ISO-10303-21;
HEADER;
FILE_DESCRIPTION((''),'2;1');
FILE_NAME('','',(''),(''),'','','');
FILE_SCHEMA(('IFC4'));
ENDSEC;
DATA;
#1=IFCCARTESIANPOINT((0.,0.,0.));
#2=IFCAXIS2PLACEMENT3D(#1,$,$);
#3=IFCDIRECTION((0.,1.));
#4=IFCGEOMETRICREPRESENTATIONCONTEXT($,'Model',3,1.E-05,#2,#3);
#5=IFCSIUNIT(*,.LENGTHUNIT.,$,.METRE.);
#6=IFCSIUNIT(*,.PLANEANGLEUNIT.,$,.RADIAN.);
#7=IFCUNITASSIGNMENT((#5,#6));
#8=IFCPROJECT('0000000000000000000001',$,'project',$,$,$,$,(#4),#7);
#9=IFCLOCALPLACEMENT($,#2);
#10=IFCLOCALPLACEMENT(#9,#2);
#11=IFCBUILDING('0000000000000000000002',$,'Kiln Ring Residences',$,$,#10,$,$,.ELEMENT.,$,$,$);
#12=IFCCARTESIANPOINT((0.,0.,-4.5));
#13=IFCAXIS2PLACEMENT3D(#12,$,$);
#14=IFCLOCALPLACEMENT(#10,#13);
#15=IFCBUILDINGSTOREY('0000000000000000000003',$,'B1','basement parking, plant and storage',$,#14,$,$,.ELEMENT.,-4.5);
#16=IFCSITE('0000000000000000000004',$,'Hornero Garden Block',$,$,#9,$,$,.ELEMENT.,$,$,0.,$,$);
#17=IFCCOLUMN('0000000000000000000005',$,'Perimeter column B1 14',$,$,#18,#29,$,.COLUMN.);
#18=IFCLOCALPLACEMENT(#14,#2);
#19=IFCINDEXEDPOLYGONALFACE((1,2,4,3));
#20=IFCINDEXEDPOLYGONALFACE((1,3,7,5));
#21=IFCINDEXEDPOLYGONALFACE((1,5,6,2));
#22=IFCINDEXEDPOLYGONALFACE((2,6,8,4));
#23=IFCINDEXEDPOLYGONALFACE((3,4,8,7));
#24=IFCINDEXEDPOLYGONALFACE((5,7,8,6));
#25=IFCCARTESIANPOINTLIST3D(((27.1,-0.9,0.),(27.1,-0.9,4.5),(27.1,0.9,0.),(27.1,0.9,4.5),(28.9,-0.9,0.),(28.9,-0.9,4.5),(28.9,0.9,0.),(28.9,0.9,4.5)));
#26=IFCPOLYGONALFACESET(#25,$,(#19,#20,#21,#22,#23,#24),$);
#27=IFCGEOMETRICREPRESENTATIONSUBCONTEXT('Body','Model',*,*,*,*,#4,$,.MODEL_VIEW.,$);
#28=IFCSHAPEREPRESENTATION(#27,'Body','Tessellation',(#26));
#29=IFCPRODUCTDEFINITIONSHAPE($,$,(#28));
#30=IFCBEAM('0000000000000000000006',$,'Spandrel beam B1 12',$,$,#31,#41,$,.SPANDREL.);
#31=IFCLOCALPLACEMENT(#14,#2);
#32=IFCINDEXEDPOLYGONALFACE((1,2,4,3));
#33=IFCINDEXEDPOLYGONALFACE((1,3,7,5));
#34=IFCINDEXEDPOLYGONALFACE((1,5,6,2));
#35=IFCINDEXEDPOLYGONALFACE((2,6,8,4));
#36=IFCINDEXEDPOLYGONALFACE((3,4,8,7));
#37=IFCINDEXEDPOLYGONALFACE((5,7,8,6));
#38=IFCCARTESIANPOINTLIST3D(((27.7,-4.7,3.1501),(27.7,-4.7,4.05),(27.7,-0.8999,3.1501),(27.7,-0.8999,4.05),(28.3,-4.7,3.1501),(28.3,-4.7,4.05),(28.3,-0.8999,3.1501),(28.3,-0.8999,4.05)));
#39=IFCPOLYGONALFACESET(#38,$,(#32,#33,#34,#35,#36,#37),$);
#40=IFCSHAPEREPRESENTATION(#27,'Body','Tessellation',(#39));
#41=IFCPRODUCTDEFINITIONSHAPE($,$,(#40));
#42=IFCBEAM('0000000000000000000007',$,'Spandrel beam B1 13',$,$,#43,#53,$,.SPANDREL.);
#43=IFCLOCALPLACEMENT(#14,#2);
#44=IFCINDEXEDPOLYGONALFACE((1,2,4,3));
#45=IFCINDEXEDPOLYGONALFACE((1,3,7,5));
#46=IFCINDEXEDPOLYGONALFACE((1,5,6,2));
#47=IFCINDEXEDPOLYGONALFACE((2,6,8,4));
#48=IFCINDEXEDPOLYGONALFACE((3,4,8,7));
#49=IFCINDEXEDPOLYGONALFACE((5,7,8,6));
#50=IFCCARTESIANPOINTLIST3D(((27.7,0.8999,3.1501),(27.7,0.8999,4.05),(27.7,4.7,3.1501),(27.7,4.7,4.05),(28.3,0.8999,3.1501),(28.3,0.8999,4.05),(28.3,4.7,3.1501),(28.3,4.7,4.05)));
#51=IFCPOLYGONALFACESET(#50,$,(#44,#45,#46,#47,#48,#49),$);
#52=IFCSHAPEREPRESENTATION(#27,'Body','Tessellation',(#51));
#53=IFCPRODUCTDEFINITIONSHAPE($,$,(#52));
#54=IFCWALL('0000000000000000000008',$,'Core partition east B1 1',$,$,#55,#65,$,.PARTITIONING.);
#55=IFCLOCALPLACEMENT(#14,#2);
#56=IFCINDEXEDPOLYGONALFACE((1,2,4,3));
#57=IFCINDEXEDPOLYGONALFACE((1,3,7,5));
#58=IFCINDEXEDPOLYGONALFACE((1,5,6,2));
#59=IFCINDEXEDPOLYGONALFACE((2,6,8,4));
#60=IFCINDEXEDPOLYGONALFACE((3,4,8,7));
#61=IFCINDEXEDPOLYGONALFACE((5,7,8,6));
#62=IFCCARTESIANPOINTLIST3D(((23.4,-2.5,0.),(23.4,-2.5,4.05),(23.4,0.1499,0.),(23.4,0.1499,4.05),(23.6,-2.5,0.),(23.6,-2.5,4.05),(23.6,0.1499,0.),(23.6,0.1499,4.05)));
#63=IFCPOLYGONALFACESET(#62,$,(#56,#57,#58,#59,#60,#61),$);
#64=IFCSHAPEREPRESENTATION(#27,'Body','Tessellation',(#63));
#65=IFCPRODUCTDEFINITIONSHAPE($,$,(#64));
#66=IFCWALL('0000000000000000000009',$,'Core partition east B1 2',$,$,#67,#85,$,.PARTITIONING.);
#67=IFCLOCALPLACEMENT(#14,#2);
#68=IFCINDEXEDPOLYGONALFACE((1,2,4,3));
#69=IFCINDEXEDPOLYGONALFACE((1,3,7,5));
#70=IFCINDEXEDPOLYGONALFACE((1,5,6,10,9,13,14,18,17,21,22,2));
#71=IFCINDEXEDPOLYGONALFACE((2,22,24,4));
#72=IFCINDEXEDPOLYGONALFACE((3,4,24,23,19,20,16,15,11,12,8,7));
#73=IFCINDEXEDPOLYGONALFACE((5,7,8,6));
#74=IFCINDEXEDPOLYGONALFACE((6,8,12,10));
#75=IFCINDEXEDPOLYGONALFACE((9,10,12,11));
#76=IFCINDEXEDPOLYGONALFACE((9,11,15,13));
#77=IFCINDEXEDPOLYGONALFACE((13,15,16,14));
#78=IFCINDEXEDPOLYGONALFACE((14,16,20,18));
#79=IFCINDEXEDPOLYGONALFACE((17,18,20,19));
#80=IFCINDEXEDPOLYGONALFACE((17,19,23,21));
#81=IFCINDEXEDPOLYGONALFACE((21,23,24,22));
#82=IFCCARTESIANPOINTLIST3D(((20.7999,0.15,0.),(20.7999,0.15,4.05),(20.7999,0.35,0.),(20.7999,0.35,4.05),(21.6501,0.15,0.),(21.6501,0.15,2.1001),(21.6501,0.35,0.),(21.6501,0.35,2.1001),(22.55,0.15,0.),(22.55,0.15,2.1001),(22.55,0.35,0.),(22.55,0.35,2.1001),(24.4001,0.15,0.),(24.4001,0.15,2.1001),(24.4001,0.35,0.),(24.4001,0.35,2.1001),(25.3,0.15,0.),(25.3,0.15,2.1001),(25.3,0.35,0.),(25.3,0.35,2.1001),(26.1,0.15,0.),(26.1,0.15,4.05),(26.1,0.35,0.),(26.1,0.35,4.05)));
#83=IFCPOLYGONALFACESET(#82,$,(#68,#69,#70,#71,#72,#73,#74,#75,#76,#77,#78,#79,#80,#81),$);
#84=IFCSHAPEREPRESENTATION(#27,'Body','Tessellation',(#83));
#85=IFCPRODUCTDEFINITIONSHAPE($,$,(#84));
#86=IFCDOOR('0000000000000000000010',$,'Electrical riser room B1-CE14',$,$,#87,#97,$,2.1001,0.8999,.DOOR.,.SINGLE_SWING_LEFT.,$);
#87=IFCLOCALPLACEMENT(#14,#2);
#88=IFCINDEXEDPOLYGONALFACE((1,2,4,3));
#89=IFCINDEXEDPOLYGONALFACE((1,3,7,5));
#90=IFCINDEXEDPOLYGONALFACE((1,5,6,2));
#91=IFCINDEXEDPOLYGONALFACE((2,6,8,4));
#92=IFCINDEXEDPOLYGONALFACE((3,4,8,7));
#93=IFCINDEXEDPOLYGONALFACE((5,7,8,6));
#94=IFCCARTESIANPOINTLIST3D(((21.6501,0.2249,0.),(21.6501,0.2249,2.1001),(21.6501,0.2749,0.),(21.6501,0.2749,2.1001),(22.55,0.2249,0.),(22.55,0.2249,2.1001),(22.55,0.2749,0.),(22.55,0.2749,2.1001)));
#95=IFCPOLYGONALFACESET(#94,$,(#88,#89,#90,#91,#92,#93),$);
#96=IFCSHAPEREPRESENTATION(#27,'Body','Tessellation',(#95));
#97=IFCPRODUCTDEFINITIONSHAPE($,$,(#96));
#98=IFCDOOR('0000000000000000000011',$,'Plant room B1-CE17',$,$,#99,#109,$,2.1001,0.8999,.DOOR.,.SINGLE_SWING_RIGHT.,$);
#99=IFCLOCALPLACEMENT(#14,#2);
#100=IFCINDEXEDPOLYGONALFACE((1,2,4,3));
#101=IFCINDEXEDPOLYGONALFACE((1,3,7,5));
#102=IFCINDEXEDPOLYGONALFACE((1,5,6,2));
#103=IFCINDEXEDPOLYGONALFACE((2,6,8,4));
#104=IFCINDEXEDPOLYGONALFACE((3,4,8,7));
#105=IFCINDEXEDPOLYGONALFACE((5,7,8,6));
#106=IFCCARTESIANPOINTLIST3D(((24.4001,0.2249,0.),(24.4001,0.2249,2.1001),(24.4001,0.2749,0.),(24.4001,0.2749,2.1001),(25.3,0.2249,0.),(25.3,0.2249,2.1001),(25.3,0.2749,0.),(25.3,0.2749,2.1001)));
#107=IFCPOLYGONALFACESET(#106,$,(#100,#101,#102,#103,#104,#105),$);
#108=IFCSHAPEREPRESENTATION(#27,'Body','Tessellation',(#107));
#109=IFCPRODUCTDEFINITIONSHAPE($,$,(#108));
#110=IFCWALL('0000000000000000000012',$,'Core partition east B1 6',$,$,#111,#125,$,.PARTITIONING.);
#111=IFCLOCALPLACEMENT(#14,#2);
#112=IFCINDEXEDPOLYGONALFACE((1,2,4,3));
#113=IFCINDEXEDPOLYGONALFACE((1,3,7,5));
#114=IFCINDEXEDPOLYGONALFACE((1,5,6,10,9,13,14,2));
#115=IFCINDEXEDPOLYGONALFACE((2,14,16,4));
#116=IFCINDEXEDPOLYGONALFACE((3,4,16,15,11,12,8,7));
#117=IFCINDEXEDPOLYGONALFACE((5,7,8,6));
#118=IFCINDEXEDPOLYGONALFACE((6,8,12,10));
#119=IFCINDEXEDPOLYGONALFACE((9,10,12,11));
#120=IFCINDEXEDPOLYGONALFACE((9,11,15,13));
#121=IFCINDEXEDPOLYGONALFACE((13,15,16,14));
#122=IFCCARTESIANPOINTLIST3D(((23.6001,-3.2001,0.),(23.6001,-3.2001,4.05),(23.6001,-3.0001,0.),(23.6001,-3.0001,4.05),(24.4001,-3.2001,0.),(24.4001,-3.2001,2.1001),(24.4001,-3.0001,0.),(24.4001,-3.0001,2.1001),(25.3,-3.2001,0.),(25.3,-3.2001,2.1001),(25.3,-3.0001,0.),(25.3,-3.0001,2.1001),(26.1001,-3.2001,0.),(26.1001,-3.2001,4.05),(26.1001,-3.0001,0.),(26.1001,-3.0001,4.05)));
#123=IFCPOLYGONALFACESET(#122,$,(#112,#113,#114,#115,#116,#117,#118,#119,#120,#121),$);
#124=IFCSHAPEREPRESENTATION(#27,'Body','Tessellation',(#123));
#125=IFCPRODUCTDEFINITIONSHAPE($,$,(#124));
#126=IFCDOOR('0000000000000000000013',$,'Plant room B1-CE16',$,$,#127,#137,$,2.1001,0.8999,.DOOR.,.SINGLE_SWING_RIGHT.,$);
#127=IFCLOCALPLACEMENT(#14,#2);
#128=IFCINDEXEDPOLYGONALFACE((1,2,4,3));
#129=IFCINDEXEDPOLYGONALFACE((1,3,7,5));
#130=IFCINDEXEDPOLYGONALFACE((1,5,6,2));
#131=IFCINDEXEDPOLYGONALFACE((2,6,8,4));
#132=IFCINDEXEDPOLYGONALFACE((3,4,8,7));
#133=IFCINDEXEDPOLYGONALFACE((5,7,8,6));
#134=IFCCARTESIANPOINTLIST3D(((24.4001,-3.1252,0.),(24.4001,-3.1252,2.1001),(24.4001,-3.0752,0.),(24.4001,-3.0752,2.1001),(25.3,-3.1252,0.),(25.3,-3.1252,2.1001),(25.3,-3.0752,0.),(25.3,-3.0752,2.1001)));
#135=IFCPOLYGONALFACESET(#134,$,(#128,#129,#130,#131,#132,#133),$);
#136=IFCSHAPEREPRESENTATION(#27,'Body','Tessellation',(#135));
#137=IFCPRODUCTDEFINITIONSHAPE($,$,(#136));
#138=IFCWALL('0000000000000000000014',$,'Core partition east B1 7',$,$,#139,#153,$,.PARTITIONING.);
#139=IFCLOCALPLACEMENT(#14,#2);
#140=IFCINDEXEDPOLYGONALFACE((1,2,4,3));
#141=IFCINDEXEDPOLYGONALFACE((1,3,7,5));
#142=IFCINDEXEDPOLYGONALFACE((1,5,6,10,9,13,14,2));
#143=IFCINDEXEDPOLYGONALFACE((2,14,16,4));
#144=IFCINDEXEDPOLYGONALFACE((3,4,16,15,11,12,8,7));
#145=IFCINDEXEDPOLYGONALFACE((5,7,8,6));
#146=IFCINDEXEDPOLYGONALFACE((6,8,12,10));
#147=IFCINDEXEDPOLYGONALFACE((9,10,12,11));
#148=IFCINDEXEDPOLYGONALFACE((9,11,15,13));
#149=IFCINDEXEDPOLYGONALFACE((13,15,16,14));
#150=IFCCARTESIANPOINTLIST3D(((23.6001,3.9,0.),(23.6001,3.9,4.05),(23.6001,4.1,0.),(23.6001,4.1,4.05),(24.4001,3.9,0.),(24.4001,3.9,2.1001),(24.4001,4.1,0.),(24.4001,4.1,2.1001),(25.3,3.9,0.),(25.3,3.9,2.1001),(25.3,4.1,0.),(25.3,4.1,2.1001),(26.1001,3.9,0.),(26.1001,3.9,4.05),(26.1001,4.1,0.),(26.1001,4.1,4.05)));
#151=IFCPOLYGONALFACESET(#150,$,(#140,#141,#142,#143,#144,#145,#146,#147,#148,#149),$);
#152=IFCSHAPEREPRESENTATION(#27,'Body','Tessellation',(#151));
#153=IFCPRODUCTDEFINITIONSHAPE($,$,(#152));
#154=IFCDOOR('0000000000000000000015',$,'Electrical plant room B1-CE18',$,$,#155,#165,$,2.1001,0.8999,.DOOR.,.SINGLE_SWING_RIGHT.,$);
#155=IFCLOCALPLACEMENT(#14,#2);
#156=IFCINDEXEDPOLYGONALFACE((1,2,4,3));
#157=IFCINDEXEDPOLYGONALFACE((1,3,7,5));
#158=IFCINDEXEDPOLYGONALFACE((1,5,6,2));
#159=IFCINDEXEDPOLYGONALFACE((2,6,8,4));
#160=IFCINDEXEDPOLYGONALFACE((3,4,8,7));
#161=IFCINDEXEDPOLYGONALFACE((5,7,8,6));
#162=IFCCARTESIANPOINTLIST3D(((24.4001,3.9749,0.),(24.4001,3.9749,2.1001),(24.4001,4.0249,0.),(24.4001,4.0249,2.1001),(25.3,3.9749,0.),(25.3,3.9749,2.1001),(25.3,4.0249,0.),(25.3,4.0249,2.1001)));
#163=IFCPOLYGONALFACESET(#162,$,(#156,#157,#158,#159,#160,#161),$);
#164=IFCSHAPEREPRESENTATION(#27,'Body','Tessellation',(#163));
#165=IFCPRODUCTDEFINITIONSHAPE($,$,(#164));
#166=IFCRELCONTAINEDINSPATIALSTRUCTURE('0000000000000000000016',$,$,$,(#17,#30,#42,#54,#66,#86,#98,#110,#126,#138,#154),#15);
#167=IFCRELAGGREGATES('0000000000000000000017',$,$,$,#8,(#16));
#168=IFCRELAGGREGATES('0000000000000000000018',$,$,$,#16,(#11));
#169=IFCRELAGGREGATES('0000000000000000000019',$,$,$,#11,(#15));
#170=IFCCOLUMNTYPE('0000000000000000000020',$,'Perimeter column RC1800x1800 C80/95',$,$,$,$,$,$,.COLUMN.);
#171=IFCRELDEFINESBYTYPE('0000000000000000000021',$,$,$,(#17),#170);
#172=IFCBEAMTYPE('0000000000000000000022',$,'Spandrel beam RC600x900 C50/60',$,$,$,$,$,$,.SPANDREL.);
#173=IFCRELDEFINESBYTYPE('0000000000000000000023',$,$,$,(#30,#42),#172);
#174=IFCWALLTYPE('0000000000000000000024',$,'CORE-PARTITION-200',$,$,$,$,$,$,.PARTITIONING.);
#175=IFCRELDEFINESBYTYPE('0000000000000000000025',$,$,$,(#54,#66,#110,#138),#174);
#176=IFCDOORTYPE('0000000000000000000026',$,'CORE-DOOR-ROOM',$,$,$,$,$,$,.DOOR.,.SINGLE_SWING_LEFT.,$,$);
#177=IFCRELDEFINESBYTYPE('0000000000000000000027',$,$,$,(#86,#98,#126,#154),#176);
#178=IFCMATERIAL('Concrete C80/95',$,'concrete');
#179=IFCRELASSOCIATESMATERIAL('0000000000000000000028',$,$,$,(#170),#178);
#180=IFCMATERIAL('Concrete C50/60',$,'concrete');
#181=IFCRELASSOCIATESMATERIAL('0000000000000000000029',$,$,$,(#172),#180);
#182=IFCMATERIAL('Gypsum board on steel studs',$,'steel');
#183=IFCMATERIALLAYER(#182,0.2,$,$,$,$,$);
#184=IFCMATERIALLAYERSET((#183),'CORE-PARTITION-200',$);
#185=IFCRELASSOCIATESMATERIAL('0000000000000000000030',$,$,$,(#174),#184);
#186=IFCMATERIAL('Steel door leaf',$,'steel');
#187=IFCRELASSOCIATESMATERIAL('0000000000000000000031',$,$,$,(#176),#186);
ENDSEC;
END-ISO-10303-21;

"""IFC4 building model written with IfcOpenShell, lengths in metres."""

from ifc_helpers import new_model, si_unit, direction, frame, frame_2d, origin, origin_2d, place, context, subcontext, project, spatial, rectangle, extrude, material, layer, layer_set, material_profile, profile_set, type_object, element, fill, save


model = new_model("IFC4")

# Units and contexts
model_context = context("Model", 3, precision=1e-05, world=origin(), true_north=direction((0.0, 1.0)))
body_context = subcontext(model_context, "Body", "Model", "MODEL_VIEW")
ifc_project = project(units=[si_unit("LENGTHUNIT", "METRE"), si_unit("PLANEANGLEUNIT", "RADIAN")], contexts=[model_context])

# Site, building, storey
site_placement = place(None, origin())
site = spatial("IfcSite", under=ifc_project, at=site_placement, Name="Hornero Garden Block", CompositionType="ELEMENT", RefElevation=0.0)
building_placement = place(site_placement, origin())
building = spatial("IfcBuilding", under=site, at=building_placement, Name="Kiln Ring Residences", CompositionType="ELEMENT")
storey_placement = place(building_placement, frame((0.0, 0.0, -4.5)))
storey = spatial("IfcBuildingStorey", under=building, at=storey_placement, Name="B1", Description="basement parking, plant and storage", CompositionType="ELEMENT", Elevation=-4.5)

# Column
ifc_material_1 = material(Name="Concrete C80/95", Category="concrete")
ifc_material_profile_1 = material_profile(ifc_material_1, rectangle(XDim=1.8, YDim=1.8, at=origin_2d()), Name="RC1800x1800")
ifc_profile_set_1 = profile_set([ifc_material_profile_1], Name="Concrete C80/95")
column_type = type_object("IfcColumnType", Name="Perimeter column RC1800x1800 C80/95", PredefinedType="COLUMN", material=ifc_profile_set_1)
column_placement = place(storey_placement, frame((28.0, 0.0, 0.0), z_axis=(0.0, 0.0, 1.0), x_axis=(1.0, 0.0, 0.0)))
element("IfcColumn", 1, at=column_placement, inside=storey, type_object=column_type, Name="Perimeter column B1 14", PredefinedType="COLUMN", context=body_context, shape_type="SweptSolid", body=[
    extrude(rectangle(XDim=1.8, YDim=1.8, at=origin_2d()), origin(), (0.0, 0.0, 1.0), 4.5),
])

# Beams
ifc_material_2 = material(Name="Concrete C50/60", Category="concrete")
ifc_material_profile_2 = material_profile(ifc_material_2, rectangle(XDim=0.6001, YDim=0.8999, at=origin_2d()), Name="RC600x900")
ifc_profile_set_2 = profile_set([ifc_material_profile_2], Name="Concrete C50/60")
beam_type = type_object("IfcBeamType", Name="Spandrel beam RC600x900 C50/60", PredefinedType="SPANDREL", material=ifc_profile_set_2)
for number, where, z_axis, x_axis, name in (
    (2, (28.0, -4.7, 3.6001), (0.0, 1.0, 0.0), (-1.0, 0.0, 0.0), "Spandrel beam B1 12"),
    (3, (28.0, 0.8999, 3.6001), (0.0, 1.0, 0.0), (-1.0, 0.0, 0.0), "Spandrel beam B1 13"),
):
    element("IfcBeam", number, at=place(storey_placement, frame(where, z_axis=z_axis, x_axis=x_axis)), inside=storey, type_object=beam_type, Name=name, PredefinedType="SPANDREL", context=body_context, shape_type="SweptSolid", body=[
        extrude(rectangle(XDim=0.6001, YDim=0.8999, at=origin_2d()), origin(), (0.0, 0.0, 1.0), 3.8),
    ])

# Wall
ifc_material_3 = material(Name="Gypsum board on steel studs", Category="steel")
ifc_layer_1 = layer(ifc_material_3, 0.2)
ifc_layer_set_1 = layer_set([ifc_layer_1], Name="CORE-PARTITION-200")
wall_type_1 = type_object("IfcWallType", Name="CORE-PARTITION-200", PredefinedType="PARTITIONING", material=ifc_layer_set_1)
wall_1_placement = place(storey_placement, frame((23.5, -2.5, 0.0), z_axis=(0.0, 0.0, 1.0), x_axis=(0.0, 1.0, 0.0)))
element("IfcWall", 4, at=wall_1_placement, inside=storey, type_object=wall_type_1, Name="Core partition east B1 1", PredefinedType="PARTITIONING", context=body_context, shape_type="SweptSolid", body=[
    extrude(rectangle(XDim=2.6499, YDim=0.2, at=frame_2d((1.325, 0.0))), origin(), (0.0, 0.0, 1.0), 4.05),
])

# Wall, openings, doors
wall_2_placement = place(storey_placement, frame((20.8, 0.25, 0.0), z_axis=(0.0, 0.0, 1.0), x_axis=(1.0, 0.0, 0.0)))
wall_2 = element("IfcWall", 5, at=wall_2_placement, inside=storey, type_object=wall_type_1, Name="Core partition east B1 2", PredefinedType="PARTITIONING", context=body_context, shape_type="SweptSolid", body=[
    extrude(rectangle(XDim=5.3, YDim=0.2, at=frame_2d((2.6499, 0.0))), origin(), (0.0, 0.0, 1.0), 4.05),
])
opening_1_placement = place(wall_2_placement, frame((0.8501, 0.0, 0.0)))
opening_1 = element("IfcOpeningElement", 6, at=opening_1_placement, cuts=wall_2, PredefinedType="OPENING", context=body_context, shape_type="SweptSolid", body=[
    extrude(rectangle(XDim=0.8999, YDim=2.1001, at=frame_2d((0.45, 1.05))), frame((0.0, 0.1099, 0.0), z_axis=(0.0, -1.0, 0.0), x_axis=(1.0, 0.0, 0.0)), (0.0, 0.0, 1.0), 0.22),
])
opening_2_placement = place(wall_2_placement, frame((3.6001, 0.0, 0.0)))
opening_2 = element("IfcOpeningElement", 7, at=opening_2_placement, cuts=wall_2, PredefinedType="OPENING", context=body_context, shape_type="SweptSolid", body=[
    extrude(rectangle(XDim=0.8999, YDim=2.1001, at=frame_2d((0.45, 1.05))), frame((0.0, 0.1099, 0.0), z_axis=(0.0, -1.0, 0.0), x_axis=(1.0, 0.0, 0.0)), (0.0, 0.0, 1.0), 0.22),
])
ifc_material_4 = material(Name="Steel door leaf", Category="steel")
door_type = type_object("IfcDoorType", Name="CORE-DOOR-ROOM", OperationType="SINGLE_SWING_LEFT", PredefinedType="DOOR", material=ifc_material_4)
door_1_placement = place(opening_1_placement, origin())
door_1 = element("IfcDoor", 8, at=door_1_placement, inside=storey, type_object=door_type, Name="Electrical riser room B1-CE14", OperationType="SINGLE_SWING_LEFT", OverallHeight=2.1001, OverallWidth=0.8999, PredefinedType="DOOR", context=body_context, shape_type="SweptSolid", body=[
    extrude(rectangle(XDim=0.8999, YDim=2.1001, at=frame_2d((0.45, 1.05))), frame((0.0, 0.0249, 0.0), z_axis=(0.0, -1.0, 0.0), x_axis=(1.0, 0.0, 0.0)), (0.0, 0.0, 1.0), 0.05),
])
fill(opening_1, door_1)
door_2_placement = place(opening_2_placement, origin())
door_2 = element("IfcDoor", 9, at=door_2_placement, inside=storey, type_object=door_type, Name="Plant room B1-CE17", OperationType="SINGLE_SWING_RIGHT", OverallHeight=2.1001, OverallWidth=0.8999, PredefinedType="DOOR", context=body_context, shape_type="SweptSolid", body=[
    extrude(rectangle(XDim=0.8999, YDim=2.1001, at=frame_2d((0.45, 1.05))), frame((0.0, 0.0249, 0.0), z_axis=(0.0, -1.0, 0.0), x_axis=(1.0, 0.0, 0.0)), (0.0, 0.0, 1.0), 0.05),
])
fill(opening_2, door_2)

# Walls, openings, doors
wall_3_placement = place(storey_placement, frame((23.6001, -3.1001, 0.0), z_axis=(0.0, 0.0, 1.0), x_axis=(1.0, 0.0, 0.0)))
wall_3 = element("IfcWall", 10, at=wall_3_placement, inside=storey, type_object=wall_type_1, Name="Core partition east B1 6", PredefinedType="PARTITIONING", context=body_context, shape_type="SweptSolid", body=[
    extrude(rectangle(XDim=2.5, YDim=0.2, at=frame_2d((1.25, 0.0))), origin(), (0.0, 0.0, 1.0), 4.05),
])
opening_3_placement = place(wall_3_placement, frame((0.8, 0.0, 0.0)))
opening_3 = element("IfcOpeningElement", 11, at=opening_3_placement, cuts=wall_3, PredefinedType="OPENING", context=body_context, shape_type="SweptSolid", body=[
    extrude(rectangle(XDim=0.8999, YDim=2.1001, at=frame_2d((0.45, 1.05))), frame((0.0, 0.1099, 0.0), z_axis=(0.0, -1.0, 0.0), x_axis=(1.0, 0.0, 0.0)), (0.0, 0.0, 1.0), 0.22),
])
door_3_placement = place(opening_3_placement, origin())
door_3 = element("IfcDoor", 12, at=door_3_placement, inside=storey, type_object=door_type, Name="Plant room B1-CE16", OperationType="SINGLE_SWING_RIGHT", OverallHeight=2.1001, OverallWidth=0.8999, PredefinedType="DOOR", context=body_context, shape_type="SweptSolid", body=[
    extrude(rectangle(XDim=0.8999, YDim=2.1001, at=frame_2d((0.45, 1.05))), frame((0.0, 0.0249, 0.0), z_axis=(0.0, -1.0, 0.0), x_axis=(1.0, 0.0, 0.0)), (0.0, 0.0, 1.0), 0.05),
])
fill(opening_3, door_3)
wall_4_placement = place(storey_placement, frame((23.6001, 4.0, 0.0), z_axis=(0.0, 0.0, 1.0), x_axis=(1.0, 0.0, 0.0)))
wall_4 = element("IfcWall", 13, at=wall_4_placement, inside=storey, type_object=wall_type_1, Name="Core partition east B1 7", PredefinedType="PARTITIONING", context=body_context, shape_type="SweptSolid", body=[
    extrude(rectangle(XDim=2.5, YDim=0.2, at=frame_2d((1.25, 0.0))), origin(), (0.0, 0.0, 1.0), 4.05),
])
opening_4_placement = place(wall_4_placement, frame((0.8, 0.0, 0.0)))
opening_4 = element("IfcOpeningElement", 14, at=opening_4_placement, cuts=wall_4, PredefinedType="OPENING", context=body_context, shape_type="SweptSolid", body=[
    extrude(rectangle(XDim=0.8999, YDim=2.1001, at=frame_2d((0.45, 1.05))), frame((0.0, 0.1099, 0.0), z_axis=(0.0, -1.0, 0.0), x_axis=(1.0, 0.0, 0.0)), (0.0, 0.0, 1.0), 0.22),
])
door_4_placement = place(opening_4_placement, origin())
door_4 = element("IfcDoor", 15, at=door_4_placement, inside=storey, type_object=door_type, Name="Electrical plant room B1-CE18", OperationType="SINGLE_SWING_RIGHT", OverallHeight=2.1001, OverallWidth=0.8999, PredefinedType="DOOR", context=body_context, shape_type="SweptSolid", body=[
    extrude(rectangle(XDim=0.8999, YDim=2.1001, at=frame_2d((0.45, 1.05))), frame((0.0, 0.0249, 0.0), z_axis=(0.0, -1.0, 0.0), x_axis=(1.0, 0.0, 0.0)), (0.0, 0.0, 1.0), 0.05),
])
fill(opening_4, door_4)

save(model, "model.ifc")
